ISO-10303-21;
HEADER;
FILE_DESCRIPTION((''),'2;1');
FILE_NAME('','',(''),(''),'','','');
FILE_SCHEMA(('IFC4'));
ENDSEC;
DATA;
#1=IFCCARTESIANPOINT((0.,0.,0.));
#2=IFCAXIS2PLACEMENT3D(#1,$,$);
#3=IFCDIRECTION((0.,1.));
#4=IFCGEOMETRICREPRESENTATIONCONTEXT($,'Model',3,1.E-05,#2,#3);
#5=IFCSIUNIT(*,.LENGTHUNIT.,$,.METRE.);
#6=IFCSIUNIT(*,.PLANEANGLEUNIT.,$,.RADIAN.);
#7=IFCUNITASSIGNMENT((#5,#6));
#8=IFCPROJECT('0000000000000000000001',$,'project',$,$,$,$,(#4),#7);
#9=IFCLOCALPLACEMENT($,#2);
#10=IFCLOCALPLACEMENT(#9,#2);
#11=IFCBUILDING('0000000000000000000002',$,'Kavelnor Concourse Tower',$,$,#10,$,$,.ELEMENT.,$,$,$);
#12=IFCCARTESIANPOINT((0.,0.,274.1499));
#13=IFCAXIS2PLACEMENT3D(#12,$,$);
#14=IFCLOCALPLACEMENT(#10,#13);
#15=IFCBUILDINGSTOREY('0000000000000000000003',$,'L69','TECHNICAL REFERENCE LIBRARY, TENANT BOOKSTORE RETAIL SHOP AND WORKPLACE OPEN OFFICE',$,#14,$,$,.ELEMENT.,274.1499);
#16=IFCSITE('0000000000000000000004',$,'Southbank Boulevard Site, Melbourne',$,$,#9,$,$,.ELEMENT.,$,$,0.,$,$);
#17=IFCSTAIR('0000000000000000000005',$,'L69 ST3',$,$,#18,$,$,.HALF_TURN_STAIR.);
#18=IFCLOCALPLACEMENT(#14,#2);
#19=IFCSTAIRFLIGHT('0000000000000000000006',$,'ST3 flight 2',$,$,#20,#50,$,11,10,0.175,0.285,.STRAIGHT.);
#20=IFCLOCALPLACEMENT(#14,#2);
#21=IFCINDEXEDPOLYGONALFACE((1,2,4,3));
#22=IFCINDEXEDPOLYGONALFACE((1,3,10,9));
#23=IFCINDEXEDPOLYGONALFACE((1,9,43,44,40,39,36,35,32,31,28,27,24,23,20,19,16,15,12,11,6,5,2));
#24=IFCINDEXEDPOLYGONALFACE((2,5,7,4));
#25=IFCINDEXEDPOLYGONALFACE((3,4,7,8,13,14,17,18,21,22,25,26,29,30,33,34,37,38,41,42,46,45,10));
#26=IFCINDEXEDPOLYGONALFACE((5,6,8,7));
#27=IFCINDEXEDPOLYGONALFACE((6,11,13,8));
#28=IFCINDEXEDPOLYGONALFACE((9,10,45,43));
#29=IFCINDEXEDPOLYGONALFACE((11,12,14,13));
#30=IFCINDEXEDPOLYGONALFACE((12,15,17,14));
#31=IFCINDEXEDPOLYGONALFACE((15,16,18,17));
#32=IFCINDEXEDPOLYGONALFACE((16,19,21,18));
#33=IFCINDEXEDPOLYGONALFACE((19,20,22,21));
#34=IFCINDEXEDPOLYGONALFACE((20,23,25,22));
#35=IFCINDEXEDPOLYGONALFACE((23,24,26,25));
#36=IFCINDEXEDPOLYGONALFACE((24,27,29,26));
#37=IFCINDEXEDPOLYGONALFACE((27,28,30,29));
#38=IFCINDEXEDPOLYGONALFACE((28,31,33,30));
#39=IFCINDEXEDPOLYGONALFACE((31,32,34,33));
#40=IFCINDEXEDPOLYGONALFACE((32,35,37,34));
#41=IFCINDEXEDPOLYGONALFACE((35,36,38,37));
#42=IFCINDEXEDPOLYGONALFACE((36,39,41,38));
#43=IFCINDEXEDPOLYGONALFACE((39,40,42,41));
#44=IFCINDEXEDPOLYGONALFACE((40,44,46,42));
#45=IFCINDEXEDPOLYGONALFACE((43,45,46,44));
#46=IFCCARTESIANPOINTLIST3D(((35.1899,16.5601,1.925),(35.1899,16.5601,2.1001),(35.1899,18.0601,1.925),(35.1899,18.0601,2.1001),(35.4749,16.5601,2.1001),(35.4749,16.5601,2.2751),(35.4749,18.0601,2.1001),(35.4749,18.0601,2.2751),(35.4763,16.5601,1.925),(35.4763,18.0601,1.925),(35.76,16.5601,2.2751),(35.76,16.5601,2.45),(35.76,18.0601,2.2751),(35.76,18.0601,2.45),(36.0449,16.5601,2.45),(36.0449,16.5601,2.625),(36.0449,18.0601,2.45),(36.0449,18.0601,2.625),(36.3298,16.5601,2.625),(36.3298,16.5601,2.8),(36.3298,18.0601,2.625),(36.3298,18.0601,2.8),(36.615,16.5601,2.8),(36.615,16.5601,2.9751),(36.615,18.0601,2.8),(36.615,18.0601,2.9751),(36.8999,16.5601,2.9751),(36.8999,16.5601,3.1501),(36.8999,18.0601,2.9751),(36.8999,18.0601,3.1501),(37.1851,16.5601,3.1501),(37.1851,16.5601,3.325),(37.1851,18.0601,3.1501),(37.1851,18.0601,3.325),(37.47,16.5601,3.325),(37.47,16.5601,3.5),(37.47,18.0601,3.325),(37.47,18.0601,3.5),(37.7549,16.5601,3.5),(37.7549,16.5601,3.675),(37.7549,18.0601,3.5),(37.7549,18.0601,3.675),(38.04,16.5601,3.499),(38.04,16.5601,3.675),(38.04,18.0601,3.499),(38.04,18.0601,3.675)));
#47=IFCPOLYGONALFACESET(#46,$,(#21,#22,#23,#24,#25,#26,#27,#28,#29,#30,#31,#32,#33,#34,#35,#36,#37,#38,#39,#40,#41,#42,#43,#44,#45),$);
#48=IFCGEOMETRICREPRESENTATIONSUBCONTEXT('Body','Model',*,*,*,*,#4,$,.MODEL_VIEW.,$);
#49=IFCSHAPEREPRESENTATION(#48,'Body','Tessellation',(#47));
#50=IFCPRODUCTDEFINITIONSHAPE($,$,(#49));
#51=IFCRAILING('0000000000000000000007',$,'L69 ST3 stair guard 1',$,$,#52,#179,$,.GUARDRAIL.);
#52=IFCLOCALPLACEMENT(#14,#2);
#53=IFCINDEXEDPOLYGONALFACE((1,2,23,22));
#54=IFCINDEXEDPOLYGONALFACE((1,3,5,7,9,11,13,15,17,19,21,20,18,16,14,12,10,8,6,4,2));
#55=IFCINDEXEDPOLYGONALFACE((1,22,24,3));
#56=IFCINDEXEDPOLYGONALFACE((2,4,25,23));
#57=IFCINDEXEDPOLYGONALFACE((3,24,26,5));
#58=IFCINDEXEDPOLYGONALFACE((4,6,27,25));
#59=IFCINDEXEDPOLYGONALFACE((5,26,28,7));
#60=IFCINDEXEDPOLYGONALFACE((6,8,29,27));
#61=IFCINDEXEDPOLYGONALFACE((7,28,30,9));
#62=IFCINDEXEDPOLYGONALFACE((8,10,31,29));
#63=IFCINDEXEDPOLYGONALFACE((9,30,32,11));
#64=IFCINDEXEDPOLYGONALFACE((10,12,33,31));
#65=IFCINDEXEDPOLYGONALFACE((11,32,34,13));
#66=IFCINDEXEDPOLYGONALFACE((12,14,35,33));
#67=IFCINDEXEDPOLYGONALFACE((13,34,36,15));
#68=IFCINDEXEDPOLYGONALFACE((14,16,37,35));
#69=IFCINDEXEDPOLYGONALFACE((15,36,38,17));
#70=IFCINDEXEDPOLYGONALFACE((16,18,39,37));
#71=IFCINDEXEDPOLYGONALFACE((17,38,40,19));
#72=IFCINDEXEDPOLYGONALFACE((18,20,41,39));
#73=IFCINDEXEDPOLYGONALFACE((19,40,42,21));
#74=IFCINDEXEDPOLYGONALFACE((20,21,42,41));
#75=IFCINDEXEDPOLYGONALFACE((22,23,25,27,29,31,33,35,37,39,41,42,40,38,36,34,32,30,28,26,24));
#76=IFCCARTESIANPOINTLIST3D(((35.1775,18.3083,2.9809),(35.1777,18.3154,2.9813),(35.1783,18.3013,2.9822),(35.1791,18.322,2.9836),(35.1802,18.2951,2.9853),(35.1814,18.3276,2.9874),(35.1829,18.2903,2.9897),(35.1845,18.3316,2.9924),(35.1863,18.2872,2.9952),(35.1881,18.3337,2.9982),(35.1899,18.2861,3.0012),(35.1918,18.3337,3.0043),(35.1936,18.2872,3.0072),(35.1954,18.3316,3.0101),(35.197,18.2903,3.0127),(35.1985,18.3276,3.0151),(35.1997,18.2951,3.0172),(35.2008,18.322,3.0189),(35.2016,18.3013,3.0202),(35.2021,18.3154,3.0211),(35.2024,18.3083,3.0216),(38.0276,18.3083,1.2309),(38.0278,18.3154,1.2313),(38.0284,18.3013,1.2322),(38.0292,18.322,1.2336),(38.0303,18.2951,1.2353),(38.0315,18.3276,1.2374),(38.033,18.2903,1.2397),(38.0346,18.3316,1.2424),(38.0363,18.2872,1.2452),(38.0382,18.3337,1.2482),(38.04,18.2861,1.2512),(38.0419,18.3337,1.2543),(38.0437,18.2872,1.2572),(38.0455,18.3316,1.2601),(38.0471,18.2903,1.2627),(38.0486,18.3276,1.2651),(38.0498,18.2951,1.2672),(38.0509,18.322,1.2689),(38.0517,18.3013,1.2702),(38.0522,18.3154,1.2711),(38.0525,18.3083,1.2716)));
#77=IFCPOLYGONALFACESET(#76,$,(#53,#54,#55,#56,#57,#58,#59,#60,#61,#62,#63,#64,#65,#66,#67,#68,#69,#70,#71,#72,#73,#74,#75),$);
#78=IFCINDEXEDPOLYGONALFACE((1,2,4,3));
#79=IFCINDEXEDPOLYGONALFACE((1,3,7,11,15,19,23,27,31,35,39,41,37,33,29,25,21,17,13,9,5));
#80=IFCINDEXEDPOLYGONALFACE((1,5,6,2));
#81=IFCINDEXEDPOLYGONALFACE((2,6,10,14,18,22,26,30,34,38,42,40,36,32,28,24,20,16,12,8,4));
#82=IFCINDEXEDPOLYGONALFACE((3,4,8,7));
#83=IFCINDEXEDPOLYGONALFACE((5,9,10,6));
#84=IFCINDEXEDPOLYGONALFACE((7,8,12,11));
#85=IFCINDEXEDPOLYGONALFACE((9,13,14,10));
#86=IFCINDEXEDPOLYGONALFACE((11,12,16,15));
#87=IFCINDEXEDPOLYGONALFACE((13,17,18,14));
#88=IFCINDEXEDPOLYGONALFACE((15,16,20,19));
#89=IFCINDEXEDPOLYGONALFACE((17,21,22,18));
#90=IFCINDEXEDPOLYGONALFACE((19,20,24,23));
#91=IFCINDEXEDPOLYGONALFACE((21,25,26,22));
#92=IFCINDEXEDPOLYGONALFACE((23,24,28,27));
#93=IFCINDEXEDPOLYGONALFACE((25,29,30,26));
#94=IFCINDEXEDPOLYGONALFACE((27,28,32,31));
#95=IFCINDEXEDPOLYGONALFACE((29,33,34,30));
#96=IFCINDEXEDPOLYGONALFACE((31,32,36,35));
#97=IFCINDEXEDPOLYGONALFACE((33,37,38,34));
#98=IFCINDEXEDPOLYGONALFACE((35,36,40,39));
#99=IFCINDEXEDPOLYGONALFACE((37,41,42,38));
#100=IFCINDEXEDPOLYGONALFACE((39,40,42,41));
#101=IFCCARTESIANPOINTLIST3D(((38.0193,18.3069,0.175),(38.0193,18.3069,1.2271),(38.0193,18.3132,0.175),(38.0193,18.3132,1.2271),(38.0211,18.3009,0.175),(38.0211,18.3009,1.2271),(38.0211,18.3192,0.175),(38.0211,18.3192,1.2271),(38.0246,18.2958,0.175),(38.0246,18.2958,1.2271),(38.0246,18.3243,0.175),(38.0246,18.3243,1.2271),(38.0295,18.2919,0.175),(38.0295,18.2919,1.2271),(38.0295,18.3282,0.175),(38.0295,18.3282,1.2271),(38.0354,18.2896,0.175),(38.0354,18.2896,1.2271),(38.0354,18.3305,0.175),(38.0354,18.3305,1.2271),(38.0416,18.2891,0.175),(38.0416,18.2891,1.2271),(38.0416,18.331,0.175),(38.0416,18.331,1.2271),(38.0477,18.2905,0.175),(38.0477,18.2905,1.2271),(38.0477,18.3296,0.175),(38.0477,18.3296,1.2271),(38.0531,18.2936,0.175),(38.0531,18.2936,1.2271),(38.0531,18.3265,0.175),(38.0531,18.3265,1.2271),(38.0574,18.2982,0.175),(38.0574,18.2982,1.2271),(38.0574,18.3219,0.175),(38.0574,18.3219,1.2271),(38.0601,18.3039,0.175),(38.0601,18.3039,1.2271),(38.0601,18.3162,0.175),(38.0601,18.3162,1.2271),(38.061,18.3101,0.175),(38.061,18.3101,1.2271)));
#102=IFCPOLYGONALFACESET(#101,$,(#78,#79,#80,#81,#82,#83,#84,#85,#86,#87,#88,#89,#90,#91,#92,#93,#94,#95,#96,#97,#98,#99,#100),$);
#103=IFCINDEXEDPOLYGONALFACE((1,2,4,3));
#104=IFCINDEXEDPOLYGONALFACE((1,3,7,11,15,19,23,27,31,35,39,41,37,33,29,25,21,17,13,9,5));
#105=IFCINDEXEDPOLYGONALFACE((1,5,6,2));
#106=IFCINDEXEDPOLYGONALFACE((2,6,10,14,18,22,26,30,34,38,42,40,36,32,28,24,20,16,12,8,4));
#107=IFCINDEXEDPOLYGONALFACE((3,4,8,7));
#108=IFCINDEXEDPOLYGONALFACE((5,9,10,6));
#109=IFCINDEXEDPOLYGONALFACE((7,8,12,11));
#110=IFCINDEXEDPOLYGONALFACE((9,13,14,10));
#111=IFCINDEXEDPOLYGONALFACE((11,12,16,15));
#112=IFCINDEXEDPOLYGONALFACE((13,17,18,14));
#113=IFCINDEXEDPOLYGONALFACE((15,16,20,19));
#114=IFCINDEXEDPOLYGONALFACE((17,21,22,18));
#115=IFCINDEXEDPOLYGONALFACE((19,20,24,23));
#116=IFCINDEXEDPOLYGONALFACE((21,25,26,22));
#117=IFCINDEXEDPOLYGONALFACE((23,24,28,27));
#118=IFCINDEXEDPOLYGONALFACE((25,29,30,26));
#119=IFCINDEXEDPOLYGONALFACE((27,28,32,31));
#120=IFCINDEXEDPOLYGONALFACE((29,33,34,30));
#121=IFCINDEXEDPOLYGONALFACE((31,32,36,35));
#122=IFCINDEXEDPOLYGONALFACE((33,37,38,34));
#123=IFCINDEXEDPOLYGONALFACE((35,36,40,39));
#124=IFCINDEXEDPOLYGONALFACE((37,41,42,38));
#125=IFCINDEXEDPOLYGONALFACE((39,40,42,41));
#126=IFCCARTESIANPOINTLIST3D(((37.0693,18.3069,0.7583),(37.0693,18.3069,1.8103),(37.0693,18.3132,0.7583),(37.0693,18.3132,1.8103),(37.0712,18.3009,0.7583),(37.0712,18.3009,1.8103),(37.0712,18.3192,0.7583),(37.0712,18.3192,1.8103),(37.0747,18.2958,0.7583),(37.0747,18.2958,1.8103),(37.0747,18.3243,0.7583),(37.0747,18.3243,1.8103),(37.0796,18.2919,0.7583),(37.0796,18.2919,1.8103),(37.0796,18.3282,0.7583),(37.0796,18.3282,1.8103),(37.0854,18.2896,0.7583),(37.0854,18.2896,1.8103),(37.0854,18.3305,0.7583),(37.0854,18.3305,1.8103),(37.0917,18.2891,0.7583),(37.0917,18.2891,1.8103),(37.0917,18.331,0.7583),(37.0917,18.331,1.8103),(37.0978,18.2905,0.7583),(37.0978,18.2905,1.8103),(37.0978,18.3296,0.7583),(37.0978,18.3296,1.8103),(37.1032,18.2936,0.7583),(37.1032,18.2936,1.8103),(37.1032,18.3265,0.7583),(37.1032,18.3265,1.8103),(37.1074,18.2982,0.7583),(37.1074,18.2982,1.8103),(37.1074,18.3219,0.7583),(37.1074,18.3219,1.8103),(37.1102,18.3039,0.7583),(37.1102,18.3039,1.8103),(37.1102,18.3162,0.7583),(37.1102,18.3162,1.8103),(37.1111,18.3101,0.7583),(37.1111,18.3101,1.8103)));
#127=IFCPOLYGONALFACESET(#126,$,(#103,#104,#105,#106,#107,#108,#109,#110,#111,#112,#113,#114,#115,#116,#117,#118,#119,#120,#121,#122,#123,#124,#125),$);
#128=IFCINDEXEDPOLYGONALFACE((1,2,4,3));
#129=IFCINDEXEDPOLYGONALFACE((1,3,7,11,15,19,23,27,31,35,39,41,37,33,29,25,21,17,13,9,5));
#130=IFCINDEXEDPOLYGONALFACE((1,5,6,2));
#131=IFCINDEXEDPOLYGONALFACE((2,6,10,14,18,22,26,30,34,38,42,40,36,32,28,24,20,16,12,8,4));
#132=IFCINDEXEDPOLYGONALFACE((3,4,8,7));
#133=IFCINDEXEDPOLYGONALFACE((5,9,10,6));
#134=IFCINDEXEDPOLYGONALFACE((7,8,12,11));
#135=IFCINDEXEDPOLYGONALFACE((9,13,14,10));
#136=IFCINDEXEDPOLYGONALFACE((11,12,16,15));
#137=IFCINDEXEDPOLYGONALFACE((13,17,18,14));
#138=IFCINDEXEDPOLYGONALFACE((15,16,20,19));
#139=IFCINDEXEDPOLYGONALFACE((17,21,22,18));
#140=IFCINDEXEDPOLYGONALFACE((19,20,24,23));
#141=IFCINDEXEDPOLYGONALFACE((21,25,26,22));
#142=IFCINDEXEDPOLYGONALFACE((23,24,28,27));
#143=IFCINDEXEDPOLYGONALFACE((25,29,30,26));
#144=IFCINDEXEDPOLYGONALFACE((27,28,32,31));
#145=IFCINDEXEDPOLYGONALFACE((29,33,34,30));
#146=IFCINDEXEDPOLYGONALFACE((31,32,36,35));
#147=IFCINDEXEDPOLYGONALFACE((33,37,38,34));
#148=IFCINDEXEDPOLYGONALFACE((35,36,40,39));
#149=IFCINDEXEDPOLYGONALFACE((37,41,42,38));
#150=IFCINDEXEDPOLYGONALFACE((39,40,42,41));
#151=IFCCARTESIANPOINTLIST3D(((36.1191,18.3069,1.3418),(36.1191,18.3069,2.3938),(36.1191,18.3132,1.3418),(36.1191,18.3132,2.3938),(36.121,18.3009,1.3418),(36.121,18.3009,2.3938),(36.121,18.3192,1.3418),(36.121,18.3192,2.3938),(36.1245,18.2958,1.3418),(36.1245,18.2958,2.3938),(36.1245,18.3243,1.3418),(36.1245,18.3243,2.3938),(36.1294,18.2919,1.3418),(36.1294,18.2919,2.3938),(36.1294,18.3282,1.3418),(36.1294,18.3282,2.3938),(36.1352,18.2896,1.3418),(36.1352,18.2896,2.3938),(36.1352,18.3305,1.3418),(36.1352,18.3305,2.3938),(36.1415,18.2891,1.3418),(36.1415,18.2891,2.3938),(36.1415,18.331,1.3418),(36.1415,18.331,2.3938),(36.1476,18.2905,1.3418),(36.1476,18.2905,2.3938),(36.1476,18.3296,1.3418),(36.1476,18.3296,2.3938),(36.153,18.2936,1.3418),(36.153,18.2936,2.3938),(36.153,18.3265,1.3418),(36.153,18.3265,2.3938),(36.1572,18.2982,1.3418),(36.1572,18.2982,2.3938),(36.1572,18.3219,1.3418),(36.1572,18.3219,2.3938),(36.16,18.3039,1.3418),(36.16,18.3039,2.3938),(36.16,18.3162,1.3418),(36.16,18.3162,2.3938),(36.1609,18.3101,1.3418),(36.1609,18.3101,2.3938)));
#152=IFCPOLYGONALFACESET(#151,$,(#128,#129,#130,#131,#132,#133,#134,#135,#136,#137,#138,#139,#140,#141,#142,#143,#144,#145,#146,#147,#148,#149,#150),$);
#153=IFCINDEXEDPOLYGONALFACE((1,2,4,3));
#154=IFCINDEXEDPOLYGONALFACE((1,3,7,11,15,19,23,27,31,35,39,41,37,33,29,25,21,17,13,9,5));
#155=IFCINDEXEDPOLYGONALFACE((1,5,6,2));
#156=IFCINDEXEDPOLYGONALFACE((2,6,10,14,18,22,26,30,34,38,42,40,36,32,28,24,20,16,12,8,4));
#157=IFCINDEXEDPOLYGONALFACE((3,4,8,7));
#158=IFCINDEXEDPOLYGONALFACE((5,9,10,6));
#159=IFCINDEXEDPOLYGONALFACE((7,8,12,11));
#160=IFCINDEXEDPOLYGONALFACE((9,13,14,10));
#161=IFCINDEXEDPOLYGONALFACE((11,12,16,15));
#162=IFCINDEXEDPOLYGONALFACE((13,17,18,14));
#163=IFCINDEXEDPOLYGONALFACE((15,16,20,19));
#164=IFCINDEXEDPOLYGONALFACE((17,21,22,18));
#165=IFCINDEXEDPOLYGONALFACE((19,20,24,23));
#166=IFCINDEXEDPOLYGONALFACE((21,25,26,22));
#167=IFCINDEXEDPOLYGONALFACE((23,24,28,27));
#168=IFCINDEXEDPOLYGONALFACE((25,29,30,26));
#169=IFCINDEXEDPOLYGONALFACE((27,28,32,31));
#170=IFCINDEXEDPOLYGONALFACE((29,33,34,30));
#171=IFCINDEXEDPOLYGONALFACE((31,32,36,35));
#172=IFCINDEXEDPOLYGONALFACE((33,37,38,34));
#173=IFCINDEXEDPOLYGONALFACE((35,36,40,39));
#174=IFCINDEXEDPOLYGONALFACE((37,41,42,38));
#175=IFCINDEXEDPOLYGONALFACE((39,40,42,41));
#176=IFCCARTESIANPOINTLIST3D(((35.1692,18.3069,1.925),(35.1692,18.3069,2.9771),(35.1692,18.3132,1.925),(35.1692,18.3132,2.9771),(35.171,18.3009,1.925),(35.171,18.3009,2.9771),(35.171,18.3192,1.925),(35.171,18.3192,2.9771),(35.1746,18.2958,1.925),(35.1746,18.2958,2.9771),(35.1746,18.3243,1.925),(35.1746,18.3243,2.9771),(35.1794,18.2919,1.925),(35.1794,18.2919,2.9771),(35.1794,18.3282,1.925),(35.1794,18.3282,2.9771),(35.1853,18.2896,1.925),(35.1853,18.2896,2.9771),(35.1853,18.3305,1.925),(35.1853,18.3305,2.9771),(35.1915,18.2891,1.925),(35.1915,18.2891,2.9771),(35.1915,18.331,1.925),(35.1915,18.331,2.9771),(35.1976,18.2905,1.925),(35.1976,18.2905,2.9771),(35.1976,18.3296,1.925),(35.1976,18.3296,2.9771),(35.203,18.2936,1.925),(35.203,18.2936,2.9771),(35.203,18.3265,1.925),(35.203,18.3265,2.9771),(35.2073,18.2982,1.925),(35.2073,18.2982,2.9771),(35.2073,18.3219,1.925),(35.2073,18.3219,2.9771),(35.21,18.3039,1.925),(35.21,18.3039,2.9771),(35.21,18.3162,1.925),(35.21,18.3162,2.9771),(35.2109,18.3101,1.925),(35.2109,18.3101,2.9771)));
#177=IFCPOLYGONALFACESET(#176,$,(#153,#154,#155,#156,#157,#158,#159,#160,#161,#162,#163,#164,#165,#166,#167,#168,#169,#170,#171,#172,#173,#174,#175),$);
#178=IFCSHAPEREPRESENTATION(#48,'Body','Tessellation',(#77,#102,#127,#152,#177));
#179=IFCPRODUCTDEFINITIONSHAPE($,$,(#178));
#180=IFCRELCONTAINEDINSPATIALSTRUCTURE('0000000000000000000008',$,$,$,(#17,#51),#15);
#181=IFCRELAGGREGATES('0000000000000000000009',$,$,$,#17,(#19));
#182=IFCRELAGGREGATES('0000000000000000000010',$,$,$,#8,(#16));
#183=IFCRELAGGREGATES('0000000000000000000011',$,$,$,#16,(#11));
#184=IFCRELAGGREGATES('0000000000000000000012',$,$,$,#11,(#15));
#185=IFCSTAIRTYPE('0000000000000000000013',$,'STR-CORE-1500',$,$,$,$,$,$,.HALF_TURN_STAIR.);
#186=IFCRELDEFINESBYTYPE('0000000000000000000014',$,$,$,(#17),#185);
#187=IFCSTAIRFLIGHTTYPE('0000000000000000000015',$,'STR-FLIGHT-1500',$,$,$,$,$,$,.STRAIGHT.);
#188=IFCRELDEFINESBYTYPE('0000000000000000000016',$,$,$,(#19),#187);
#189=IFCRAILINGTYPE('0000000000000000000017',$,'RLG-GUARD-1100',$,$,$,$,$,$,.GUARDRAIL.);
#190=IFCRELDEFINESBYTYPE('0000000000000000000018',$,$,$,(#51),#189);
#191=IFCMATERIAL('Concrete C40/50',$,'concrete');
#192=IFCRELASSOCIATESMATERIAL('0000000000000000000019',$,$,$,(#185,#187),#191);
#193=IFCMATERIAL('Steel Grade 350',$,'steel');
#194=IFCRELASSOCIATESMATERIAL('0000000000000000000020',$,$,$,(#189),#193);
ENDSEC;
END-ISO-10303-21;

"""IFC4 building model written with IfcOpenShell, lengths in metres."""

from ifc_helpers import new_model, si_unit, direction, frame, origin, origin_2d, place, context, subcontext, project, spatial, polyline, circle, outline, extrude, material, type_object, element, aggregate, save


model = new_model("IFC4")

# Units and contexts
model_context = context("Model", 3, precision=1e-05, world=origin(), true_north=direction((0.0, 1.0)))
body_context = subcontext(model_context, "Body", "Model", "MODEL_VIEW")
ifc_project = project(units=[si_unit("LENGTHUNIT", "METRE"), si_unit("PLANEANGLEUNIT", "RADIAN")], contexts=[model_context])

# Site, building, storey
site_placement = place(None, origin())
site = spatial("IfcSite", under=ifc_project, at=site_placement, Name="Southbank Boulevard Site, Melbourne", CompositionType="ELEMENT", RefElevation=0.0)
building_placement = place(site_placement, origin())
building = spatial("IfcBuilding", under=site, at=building_placement, Name="Kavelnor Concourse Tower", CompositionType="ELEMENT")
storey_placement = place(building_placement, frame((0.0, 0.0, 274.1499)))
storey = spatial("IfcBuildingStorey", under=building, at=storey_placement, Name="L69", Description="TECHNICAL REFERENCE LIBRARY, TENANT BOOKSTORE RETAIL SHOP AND WORKPLACE OPEN OFFICE", CompositionType="ELEMENT", Elevation=274.1499)

# Shared definitions
ifc_material_1 = material(Name="Steel Grade 350", Category="steel")

# Stair, stair flight
ifc_material_2 = material(Name="Concrete C40/50", Category="concrete")
stair_type = type_object("IfcStairType", Name="STR-CORE-1500", PredefinedType="HALF_TURN_STAIR", material=ifc_material_2)
stair_placement = place(storey_placement, origin())
stair = element("IfcStair", 1, at=stair_placement, inside=storey, type_object=stair_type, Name="L69 ST3", PredefinedType="HALF_TURN_STAIR")
stair_flight_type = type_object("IfcStairFlightType", Name="STR-FLIGHT-1500", PredefinedType="STRAIGHT", material=ifc_material_2)
stair_flight_1_placement = place(storey_placement, frame((35.1899, 17.3101, 1.925), z_axis=(0.0, 0.0, 1.0), x_axis=(1.0, 0.0, 0.0)))
stair_flight_1 = element("IfcStairFlight", 2, at=stair_flight_1_placement, type_object=stair_flight_type, Name="ST3 flight 2", NumberOfRisers=11, NumberOfTreads=10, PredefinedType="STRAIGHT", RiserHeight=0.175, TreadLength=0.285, context=body_context, shape_type="SweptSolid", body=[
    extrude(outline(polyline([(0.0, 0.0), (0.0, 0.175), (0.2849, 0.175), (0.2849, 0.3501), (0.5701, 0.3501), (0.5701, 0.5249), (0.855, 0.5249), (0.855, 0.7), (1.1399, 0.7), (1.1399, 0.875), (1.425, 0.875), (1.425, 1.05), (1.71, 1.05), (1.71, 1.2251), (1.9951, 1.2251), (1.9951, 1.3999), (2.28, 1.3999), (2.28, 1.575), (2.5649, 1.575), (2.5649, 1.75), (2.8501, 1.75), (2.8501, 1.925), (2.8501, 1.574), (0.2864, 0.0), (0.0, 0.0)])), frame((0.0, 0.75, 0.0), z_axis=(0.0, -1.0, 0.0), x_axis=(1.0, 0.0, 0.0)), (0.0, 0.0, 1.0), 1.5),
])
aggregate(stair, [stair_flight_1])

# Railing
railing_type_1 = type_object("IfcRailingType", Name="RLG-GUARD-1100", PredefinedType="GUARDRAIL", material=ifc_material_1)
railing_1_placement = place(storey_placement, frame((38.04, 18.3101, 0.175)))
element("IfcRailing", 3, at=railing_1_placement, inside=storey, type_object=railing_type_1, Name="L69 ST3 stair guard 1", PredefinedType="GUARDRAIL", context=body_context, shape_type="SweptSolid", body=[
    extrude(circle(Radius=0.0239, at=origin_2d()), frame((0.0, 0.0, 1.0762), z_axis=(-0.852179, 0.0, 0.52325), x_axis=(0.0, -1.0, 0.0)), (0.0, 0.0, 1.0), 3.3445),
    extrude(circle(Radius=0.021, at=origin_2d()), origin(), (0.0, 0.0, 1.0), 1.052),
    extrude(circle(Radius=0.021, at=origin_2d()), frame((-0.95, 0.0, 0.5833)), (0.0, 0.0, 1.0), 1.052),
    extrude(circle(Radius=0.021, at=origin_2d()), frame((-1.9001, 0.0, 1.1667)), (0.0, 0.0, 1.0), 1.052),
    extrude(circle(Radius=0.021, at=origin_2d()), frame((-2.8501, 0.0, 1.75)), (0.0, 0.0, 1.0), 1.052),
])

save(model, "model.ifc")
